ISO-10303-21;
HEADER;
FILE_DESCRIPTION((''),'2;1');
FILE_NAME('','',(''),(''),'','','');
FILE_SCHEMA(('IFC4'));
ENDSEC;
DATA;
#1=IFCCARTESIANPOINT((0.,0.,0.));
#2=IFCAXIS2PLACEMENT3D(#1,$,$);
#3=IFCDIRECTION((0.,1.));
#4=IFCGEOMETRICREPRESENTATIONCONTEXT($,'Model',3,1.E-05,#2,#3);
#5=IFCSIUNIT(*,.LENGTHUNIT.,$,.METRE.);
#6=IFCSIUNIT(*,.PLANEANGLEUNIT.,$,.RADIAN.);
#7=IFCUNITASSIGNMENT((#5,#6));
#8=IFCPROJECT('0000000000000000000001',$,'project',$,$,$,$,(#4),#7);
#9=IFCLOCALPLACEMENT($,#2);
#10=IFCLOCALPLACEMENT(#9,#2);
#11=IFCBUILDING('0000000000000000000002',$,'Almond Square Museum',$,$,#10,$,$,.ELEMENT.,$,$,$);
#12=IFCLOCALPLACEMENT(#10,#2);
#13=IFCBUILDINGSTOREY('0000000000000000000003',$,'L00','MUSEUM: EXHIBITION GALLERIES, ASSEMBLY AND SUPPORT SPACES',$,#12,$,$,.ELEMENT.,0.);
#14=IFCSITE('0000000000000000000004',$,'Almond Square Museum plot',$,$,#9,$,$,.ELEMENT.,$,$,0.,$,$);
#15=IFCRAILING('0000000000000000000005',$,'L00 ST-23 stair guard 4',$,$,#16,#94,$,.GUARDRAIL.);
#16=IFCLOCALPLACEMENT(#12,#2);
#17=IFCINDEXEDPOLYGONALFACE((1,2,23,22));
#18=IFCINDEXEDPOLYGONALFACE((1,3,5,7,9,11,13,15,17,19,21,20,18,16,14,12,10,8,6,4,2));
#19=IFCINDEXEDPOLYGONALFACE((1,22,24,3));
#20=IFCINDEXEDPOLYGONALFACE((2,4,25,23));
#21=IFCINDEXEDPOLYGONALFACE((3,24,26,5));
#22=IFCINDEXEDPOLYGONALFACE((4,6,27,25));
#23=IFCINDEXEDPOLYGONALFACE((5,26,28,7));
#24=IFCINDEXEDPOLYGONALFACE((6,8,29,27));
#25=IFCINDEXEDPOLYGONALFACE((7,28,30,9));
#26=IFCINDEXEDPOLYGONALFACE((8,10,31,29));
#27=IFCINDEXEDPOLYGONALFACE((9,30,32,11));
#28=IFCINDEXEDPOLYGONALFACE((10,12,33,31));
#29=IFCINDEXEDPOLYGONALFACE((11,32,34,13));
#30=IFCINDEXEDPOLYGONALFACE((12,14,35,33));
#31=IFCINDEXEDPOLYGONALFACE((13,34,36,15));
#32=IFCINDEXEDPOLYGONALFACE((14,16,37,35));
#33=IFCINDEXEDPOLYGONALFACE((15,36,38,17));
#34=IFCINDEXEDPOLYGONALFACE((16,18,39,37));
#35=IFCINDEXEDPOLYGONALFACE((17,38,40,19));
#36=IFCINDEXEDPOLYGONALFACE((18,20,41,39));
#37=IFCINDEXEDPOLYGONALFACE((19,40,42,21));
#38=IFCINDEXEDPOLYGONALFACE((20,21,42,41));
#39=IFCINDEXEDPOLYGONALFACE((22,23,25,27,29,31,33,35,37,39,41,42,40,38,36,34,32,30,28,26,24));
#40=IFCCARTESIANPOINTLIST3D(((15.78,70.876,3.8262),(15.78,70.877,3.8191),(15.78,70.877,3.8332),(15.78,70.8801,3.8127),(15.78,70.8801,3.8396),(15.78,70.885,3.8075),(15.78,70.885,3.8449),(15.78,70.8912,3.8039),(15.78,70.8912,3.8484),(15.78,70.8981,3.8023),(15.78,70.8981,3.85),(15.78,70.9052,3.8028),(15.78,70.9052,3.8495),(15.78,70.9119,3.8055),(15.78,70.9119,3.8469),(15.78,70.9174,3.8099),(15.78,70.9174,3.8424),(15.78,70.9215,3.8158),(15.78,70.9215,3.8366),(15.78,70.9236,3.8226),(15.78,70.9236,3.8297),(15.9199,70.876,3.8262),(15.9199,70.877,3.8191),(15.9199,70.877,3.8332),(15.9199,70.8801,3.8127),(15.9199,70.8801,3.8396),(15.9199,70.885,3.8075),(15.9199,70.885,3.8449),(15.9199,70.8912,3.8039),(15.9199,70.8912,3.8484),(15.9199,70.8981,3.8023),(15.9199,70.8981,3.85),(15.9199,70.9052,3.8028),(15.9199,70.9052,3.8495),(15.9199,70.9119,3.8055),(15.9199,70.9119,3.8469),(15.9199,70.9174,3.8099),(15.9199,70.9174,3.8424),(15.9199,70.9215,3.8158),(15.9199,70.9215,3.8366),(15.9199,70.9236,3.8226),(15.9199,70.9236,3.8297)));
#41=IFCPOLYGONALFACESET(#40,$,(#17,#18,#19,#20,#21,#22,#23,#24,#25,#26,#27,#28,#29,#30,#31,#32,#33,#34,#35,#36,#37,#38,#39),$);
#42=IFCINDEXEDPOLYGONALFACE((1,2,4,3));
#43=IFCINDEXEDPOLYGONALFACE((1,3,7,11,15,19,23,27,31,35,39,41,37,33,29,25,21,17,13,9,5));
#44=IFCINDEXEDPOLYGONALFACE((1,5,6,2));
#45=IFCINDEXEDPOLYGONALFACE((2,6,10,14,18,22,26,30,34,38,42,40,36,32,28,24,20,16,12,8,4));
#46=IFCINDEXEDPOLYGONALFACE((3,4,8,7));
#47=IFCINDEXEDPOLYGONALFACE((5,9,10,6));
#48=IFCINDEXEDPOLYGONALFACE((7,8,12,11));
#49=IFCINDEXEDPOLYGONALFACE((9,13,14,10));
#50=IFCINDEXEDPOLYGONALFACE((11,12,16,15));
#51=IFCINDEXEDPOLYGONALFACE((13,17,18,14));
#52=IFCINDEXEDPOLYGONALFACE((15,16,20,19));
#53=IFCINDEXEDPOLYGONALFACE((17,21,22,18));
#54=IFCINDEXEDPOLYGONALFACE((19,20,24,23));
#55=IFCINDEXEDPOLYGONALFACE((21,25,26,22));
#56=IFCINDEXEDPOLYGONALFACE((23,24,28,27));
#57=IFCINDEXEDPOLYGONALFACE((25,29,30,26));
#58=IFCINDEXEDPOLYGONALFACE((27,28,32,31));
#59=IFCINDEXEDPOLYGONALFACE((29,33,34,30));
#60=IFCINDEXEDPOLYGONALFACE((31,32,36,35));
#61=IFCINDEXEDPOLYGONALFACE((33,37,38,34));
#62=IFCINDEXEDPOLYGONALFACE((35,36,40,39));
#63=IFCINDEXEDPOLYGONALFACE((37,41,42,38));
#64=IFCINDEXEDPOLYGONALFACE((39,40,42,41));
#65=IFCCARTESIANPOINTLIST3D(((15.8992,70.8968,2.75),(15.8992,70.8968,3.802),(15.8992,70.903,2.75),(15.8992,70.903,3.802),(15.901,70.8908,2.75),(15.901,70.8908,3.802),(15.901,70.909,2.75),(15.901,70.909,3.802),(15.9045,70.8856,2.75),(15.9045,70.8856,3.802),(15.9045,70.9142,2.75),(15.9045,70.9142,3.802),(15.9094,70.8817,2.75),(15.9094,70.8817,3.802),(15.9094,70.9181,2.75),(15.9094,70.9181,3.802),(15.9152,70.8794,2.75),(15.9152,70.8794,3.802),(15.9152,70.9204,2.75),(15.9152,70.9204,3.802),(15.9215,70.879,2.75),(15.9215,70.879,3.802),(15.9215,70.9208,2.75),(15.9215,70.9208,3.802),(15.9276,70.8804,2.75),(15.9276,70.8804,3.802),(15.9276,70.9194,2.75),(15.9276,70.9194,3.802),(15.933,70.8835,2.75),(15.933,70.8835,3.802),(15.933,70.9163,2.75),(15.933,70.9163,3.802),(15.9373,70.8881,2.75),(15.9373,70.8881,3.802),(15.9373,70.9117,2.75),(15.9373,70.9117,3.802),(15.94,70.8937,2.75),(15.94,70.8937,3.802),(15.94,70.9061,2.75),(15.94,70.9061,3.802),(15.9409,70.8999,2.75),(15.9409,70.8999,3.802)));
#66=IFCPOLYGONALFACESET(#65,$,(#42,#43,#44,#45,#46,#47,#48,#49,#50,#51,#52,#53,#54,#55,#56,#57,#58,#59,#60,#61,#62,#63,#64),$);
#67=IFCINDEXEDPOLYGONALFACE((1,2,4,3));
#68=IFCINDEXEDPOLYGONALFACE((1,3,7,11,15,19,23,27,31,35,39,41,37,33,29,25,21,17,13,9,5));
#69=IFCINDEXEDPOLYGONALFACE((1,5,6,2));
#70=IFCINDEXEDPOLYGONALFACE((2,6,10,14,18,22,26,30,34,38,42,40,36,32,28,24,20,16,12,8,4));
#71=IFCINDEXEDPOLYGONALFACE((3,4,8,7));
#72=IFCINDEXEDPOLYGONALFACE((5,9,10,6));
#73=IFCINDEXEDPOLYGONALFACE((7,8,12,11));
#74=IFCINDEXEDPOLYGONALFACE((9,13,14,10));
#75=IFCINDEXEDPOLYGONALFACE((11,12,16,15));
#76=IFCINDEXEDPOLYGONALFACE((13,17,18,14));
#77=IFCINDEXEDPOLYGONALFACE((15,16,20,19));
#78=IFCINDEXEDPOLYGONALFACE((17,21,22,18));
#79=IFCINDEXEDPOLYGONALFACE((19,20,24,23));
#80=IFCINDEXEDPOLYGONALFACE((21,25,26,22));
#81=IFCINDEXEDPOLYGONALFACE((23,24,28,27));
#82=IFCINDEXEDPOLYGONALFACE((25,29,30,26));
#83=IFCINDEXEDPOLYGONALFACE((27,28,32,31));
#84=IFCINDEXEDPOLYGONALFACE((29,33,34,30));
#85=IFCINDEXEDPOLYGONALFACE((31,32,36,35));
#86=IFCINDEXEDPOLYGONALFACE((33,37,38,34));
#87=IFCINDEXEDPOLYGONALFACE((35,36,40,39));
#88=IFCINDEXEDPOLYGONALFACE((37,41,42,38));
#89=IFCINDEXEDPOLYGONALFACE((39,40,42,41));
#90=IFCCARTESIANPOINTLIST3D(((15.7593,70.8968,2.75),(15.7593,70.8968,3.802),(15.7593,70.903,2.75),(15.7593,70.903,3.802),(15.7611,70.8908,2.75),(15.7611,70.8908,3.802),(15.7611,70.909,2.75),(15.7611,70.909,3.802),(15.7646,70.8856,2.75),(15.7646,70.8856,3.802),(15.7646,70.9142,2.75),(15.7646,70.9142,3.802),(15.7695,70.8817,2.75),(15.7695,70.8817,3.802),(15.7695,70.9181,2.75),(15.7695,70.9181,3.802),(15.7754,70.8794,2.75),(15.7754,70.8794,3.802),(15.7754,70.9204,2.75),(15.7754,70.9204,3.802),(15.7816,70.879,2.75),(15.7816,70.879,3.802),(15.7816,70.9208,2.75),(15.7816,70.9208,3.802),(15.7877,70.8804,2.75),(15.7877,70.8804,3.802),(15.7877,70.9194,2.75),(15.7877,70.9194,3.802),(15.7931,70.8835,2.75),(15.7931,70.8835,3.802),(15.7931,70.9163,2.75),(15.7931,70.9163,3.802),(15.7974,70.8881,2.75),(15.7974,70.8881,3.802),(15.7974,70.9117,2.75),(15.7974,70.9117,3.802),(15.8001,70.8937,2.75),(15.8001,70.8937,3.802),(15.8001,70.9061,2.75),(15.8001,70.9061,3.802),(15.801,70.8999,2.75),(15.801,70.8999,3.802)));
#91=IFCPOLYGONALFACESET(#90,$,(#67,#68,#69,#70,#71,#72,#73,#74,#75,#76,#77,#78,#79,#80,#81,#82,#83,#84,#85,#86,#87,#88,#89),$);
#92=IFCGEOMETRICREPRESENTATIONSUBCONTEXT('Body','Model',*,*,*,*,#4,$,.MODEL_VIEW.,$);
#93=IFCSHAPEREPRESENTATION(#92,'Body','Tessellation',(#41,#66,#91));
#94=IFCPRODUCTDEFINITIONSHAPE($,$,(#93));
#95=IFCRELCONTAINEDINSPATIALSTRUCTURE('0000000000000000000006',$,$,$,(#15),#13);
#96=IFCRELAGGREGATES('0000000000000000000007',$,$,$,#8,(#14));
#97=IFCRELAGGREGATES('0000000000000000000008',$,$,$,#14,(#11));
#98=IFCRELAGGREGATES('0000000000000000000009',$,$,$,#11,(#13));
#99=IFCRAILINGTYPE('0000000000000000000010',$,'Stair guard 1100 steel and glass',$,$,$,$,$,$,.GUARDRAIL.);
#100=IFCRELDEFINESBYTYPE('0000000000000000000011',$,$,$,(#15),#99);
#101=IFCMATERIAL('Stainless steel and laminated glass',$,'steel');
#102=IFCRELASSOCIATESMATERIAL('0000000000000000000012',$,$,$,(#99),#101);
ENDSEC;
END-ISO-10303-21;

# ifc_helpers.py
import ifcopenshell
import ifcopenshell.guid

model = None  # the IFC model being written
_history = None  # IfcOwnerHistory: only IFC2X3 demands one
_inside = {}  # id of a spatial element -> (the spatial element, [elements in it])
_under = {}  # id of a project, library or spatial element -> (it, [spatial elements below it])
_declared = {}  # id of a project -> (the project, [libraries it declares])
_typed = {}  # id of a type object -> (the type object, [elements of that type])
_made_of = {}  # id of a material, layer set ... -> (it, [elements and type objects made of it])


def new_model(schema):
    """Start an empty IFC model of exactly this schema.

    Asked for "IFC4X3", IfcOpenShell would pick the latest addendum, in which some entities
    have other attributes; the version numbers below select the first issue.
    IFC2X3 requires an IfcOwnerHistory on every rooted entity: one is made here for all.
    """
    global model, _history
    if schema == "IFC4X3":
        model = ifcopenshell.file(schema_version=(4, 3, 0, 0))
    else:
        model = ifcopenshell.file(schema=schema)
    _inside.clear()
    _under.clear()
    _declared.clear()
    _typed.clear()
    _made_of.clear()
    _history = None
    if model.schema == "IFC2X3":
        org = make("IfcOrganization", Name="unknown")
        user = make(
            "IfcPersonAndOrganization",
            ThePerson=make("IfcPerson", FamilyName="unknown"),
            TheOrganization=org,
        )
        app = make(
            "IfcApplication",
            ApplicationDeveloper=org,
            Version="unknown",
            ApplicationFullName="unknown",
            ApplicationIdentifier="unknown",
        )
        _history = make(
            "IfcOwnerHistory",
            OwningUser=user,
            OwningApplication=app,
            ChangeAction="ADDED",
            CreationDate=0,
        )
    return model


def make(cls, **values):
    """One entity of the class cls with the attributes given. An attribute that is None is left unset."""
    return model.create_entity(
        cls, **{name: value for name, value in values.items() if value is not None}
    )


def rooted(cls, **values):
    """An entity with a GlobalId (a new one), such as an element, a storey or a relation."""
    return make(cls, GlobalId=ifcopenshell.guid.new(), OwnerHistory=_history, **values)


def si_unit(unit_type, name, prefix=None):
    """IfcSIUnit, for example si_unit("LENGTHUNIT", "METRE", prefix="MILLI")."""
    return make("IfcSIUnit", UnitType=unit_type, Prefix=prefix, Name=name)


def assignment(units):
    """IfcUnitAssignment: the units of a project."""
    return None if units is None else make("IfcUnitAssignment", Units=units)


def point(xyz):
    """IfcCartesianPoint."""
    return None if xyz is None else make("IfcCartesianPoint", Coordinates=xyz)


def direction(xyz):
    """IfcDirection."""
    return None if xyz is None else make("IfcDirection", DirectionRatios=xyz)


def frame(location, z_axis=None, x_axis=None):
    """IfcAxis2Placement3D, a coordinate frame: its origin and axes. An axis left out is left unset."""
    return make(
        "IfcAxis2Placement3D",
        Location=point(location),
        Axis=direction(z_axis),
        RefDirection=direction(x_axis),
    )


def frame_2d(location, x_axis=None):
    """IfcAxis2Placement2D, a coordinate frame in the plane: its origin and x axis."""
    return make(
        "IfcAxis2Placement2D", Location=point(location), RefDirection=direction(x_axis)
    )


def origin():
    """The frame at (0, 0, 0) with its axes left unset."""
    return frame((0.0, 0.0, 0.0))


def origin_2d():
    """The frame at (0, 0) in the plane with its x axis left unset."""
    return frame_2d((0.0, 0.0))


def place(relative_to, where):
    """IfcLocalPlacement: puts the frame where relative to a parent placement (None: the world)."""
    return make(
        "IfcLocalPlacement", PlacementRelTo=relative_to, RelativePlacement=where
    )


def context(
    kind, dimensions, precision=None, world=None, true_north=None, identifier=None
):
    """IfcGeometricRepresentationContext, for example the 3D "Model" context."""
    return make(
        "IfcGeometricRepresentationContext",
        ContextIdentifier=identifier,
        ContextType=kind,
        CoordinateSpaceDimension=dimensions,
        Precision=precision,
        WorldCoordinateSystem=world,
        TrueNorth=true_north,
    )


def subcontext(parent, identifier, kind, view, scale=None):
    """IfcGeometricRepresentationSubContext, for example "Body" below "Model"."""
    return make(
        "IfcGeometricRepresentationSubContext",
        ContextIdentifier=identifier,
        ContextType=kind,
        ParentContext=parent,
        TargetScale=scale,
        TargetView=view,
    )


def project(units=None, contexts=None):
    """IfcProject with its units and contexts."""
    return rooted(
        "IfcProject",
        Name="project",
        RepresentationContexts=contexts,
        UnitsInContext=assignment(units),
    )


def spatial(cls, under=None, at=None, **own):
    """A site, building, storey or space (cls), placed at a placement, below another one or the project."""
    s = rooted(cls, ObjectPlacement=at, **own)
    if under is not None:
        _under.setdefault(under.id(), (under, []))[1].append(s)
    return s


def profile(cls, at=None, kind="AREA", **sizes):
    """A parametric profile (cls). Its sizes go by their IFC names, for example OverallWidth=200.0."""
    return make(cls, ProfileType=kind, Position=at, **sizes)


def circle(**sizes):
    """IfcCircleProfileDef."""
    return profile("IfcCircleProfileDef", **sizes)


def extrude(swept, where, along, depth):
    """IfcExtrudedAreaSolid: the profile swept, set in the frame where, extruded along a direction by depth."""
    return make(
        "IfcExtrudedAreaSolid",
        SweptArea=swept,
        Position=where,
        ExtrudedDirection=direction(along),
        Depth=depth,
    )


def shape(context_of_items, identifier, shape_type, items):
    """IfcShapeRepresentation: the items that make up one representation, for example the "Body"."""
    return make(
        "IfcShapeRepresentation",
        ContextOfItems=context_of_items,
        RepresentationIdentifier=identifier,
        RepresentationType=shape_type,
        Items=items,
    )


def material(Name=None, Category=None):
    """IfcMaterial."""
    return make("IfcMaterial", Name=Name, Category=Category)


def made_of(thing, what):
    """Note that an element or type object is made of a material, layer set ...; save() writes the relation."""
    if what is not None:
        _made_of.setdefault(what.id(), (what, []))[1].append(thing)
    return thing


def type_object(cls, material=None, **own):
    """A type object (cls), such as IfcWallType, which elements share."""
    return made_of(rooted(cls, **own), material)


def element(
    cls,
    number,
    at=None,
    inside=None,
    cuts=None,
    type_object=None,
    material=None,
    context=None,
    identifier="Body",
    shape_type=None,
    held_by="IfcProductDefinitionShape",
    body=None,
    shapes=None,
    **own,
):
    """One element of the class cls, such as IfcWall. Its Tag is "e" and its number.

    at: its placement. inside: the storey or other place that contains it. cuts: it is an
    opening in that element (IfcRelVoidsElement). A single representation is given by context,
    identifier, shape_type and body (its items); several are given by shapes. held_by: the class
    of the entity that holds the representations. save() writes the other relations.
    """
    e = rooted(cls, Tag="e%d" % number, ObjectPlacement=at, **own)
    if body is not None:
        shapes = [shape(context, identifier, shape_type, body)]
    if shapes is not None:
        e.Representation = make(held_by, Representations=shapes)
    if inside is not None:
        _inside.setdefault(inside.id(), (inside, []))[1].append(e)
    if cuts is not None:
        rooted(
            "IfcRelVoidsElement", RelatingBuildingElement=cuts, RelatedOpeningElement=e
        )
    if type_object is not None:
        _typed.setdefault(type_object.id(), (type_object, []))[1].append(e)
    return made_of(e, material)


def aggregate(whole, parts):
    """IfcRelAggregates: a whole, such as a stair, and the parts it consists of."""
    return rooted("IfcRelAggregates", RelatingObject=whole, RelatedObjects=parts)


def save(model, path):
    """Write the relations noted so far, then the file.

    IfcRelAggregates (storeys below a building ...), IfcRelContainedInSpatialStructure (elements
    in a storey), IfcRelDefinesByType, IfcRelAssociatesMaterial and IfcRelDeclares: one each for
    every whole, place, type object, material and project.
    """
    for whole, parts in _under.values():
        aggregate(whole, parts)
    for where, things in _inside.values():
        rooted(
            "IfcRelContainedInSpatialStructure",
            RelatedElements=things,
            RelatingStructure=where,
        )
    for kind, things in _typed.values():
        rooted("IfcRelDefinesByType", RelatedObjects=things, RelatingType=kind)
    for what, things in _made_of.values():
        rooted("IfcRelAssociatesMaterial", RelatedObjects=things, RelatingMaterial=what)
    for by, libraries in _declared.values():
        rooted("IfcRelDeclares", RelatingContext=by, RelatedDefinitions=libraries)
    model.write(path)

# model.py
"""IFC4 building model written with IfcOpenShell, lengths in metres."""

from ifc_helpers import new_model, si_unit, direction, frame, origin, origin_2d, place, context, subcontext, project, spatial, circle, extrude, material, type_object, element, save


model = new_model("IFC4")

# Units and contexts
model_context = context("Model", 3, precision=1e-05, world=origin(), true_north=direction((0.0, 1.0)))
body_context = subcontext(model_context, "Body", "Model", "MODEL_VIEW")
ifc_project = project(units=[si_unit("LENGTHUNIT", "METRE"), si_unit("PLANEANGLEUNIT", "RADIAN")], contexts=[model_context])

# Site, building, storey
site_placement = place(None, origin())
site = spatial("IfcSite", under=ifc_project, at=site_placement, Name="Almond Square Museum plot", CompositionType="ELEMENT", RefElevation=0.0)
building_placement = place(site_placement, origin())
building = spatial("IfcBuilding", under=site, at=building_placement, Name="Almond Square Museum", CompositionType="ELEMENT")
storey_placement = place(building_placement, origin())
storey = spatial("IfcBuildingStorey", under=building, at=storey_placement, Name="L00", Description="MUSEUM: EXHIBITION GALLERIES, ASSEMBLY AND SUPPORT SPACES", CompositionType="ELEMENT", Elevation=0.0)

# Railing
ifc_material_1 = material(Name="Stainless steel and laminated glass", Category="steel")
railing_type_1 = type_object("IfcRailingType", Name="Stair guard 1100 steel and glass", PredefinedType="GUARDRAIL", material=ifc_material_1)
railing_1_placement = place(storey_placement, frame((15.9199, 70.8999, 2.75)))
element("IfcRailing", 1, at=railing_1_placement, inside=storey, type_object=railing_type_1, Name="L00 ST-23 stair guard 4", PredefinedType="GUARDRAIL", context=body_context, shape_type="SweptSolid", body=[
    extrude(circle(Radius=0.0239, at=origin_2d()), frame((0.0, 0.0, 1.0762), z_axis=(-1.0, 0.0, 0.0), x_axis=(0.0, -1.0, 0.0)), (0.0, 0.0, 1.0), 0.1399),
    extrude(circle(Radius=0.021, at=origin_2d()), origin(), (0.0, 0.0, 1.0), 1.052),
    extrude(circle(Radius=0.021, at=origin_2d()), frame((-0.1399, 0.0, 0.0)), (0.0, 0.0, 1.0), 1.052),
])

save(model, "model.ifc")
